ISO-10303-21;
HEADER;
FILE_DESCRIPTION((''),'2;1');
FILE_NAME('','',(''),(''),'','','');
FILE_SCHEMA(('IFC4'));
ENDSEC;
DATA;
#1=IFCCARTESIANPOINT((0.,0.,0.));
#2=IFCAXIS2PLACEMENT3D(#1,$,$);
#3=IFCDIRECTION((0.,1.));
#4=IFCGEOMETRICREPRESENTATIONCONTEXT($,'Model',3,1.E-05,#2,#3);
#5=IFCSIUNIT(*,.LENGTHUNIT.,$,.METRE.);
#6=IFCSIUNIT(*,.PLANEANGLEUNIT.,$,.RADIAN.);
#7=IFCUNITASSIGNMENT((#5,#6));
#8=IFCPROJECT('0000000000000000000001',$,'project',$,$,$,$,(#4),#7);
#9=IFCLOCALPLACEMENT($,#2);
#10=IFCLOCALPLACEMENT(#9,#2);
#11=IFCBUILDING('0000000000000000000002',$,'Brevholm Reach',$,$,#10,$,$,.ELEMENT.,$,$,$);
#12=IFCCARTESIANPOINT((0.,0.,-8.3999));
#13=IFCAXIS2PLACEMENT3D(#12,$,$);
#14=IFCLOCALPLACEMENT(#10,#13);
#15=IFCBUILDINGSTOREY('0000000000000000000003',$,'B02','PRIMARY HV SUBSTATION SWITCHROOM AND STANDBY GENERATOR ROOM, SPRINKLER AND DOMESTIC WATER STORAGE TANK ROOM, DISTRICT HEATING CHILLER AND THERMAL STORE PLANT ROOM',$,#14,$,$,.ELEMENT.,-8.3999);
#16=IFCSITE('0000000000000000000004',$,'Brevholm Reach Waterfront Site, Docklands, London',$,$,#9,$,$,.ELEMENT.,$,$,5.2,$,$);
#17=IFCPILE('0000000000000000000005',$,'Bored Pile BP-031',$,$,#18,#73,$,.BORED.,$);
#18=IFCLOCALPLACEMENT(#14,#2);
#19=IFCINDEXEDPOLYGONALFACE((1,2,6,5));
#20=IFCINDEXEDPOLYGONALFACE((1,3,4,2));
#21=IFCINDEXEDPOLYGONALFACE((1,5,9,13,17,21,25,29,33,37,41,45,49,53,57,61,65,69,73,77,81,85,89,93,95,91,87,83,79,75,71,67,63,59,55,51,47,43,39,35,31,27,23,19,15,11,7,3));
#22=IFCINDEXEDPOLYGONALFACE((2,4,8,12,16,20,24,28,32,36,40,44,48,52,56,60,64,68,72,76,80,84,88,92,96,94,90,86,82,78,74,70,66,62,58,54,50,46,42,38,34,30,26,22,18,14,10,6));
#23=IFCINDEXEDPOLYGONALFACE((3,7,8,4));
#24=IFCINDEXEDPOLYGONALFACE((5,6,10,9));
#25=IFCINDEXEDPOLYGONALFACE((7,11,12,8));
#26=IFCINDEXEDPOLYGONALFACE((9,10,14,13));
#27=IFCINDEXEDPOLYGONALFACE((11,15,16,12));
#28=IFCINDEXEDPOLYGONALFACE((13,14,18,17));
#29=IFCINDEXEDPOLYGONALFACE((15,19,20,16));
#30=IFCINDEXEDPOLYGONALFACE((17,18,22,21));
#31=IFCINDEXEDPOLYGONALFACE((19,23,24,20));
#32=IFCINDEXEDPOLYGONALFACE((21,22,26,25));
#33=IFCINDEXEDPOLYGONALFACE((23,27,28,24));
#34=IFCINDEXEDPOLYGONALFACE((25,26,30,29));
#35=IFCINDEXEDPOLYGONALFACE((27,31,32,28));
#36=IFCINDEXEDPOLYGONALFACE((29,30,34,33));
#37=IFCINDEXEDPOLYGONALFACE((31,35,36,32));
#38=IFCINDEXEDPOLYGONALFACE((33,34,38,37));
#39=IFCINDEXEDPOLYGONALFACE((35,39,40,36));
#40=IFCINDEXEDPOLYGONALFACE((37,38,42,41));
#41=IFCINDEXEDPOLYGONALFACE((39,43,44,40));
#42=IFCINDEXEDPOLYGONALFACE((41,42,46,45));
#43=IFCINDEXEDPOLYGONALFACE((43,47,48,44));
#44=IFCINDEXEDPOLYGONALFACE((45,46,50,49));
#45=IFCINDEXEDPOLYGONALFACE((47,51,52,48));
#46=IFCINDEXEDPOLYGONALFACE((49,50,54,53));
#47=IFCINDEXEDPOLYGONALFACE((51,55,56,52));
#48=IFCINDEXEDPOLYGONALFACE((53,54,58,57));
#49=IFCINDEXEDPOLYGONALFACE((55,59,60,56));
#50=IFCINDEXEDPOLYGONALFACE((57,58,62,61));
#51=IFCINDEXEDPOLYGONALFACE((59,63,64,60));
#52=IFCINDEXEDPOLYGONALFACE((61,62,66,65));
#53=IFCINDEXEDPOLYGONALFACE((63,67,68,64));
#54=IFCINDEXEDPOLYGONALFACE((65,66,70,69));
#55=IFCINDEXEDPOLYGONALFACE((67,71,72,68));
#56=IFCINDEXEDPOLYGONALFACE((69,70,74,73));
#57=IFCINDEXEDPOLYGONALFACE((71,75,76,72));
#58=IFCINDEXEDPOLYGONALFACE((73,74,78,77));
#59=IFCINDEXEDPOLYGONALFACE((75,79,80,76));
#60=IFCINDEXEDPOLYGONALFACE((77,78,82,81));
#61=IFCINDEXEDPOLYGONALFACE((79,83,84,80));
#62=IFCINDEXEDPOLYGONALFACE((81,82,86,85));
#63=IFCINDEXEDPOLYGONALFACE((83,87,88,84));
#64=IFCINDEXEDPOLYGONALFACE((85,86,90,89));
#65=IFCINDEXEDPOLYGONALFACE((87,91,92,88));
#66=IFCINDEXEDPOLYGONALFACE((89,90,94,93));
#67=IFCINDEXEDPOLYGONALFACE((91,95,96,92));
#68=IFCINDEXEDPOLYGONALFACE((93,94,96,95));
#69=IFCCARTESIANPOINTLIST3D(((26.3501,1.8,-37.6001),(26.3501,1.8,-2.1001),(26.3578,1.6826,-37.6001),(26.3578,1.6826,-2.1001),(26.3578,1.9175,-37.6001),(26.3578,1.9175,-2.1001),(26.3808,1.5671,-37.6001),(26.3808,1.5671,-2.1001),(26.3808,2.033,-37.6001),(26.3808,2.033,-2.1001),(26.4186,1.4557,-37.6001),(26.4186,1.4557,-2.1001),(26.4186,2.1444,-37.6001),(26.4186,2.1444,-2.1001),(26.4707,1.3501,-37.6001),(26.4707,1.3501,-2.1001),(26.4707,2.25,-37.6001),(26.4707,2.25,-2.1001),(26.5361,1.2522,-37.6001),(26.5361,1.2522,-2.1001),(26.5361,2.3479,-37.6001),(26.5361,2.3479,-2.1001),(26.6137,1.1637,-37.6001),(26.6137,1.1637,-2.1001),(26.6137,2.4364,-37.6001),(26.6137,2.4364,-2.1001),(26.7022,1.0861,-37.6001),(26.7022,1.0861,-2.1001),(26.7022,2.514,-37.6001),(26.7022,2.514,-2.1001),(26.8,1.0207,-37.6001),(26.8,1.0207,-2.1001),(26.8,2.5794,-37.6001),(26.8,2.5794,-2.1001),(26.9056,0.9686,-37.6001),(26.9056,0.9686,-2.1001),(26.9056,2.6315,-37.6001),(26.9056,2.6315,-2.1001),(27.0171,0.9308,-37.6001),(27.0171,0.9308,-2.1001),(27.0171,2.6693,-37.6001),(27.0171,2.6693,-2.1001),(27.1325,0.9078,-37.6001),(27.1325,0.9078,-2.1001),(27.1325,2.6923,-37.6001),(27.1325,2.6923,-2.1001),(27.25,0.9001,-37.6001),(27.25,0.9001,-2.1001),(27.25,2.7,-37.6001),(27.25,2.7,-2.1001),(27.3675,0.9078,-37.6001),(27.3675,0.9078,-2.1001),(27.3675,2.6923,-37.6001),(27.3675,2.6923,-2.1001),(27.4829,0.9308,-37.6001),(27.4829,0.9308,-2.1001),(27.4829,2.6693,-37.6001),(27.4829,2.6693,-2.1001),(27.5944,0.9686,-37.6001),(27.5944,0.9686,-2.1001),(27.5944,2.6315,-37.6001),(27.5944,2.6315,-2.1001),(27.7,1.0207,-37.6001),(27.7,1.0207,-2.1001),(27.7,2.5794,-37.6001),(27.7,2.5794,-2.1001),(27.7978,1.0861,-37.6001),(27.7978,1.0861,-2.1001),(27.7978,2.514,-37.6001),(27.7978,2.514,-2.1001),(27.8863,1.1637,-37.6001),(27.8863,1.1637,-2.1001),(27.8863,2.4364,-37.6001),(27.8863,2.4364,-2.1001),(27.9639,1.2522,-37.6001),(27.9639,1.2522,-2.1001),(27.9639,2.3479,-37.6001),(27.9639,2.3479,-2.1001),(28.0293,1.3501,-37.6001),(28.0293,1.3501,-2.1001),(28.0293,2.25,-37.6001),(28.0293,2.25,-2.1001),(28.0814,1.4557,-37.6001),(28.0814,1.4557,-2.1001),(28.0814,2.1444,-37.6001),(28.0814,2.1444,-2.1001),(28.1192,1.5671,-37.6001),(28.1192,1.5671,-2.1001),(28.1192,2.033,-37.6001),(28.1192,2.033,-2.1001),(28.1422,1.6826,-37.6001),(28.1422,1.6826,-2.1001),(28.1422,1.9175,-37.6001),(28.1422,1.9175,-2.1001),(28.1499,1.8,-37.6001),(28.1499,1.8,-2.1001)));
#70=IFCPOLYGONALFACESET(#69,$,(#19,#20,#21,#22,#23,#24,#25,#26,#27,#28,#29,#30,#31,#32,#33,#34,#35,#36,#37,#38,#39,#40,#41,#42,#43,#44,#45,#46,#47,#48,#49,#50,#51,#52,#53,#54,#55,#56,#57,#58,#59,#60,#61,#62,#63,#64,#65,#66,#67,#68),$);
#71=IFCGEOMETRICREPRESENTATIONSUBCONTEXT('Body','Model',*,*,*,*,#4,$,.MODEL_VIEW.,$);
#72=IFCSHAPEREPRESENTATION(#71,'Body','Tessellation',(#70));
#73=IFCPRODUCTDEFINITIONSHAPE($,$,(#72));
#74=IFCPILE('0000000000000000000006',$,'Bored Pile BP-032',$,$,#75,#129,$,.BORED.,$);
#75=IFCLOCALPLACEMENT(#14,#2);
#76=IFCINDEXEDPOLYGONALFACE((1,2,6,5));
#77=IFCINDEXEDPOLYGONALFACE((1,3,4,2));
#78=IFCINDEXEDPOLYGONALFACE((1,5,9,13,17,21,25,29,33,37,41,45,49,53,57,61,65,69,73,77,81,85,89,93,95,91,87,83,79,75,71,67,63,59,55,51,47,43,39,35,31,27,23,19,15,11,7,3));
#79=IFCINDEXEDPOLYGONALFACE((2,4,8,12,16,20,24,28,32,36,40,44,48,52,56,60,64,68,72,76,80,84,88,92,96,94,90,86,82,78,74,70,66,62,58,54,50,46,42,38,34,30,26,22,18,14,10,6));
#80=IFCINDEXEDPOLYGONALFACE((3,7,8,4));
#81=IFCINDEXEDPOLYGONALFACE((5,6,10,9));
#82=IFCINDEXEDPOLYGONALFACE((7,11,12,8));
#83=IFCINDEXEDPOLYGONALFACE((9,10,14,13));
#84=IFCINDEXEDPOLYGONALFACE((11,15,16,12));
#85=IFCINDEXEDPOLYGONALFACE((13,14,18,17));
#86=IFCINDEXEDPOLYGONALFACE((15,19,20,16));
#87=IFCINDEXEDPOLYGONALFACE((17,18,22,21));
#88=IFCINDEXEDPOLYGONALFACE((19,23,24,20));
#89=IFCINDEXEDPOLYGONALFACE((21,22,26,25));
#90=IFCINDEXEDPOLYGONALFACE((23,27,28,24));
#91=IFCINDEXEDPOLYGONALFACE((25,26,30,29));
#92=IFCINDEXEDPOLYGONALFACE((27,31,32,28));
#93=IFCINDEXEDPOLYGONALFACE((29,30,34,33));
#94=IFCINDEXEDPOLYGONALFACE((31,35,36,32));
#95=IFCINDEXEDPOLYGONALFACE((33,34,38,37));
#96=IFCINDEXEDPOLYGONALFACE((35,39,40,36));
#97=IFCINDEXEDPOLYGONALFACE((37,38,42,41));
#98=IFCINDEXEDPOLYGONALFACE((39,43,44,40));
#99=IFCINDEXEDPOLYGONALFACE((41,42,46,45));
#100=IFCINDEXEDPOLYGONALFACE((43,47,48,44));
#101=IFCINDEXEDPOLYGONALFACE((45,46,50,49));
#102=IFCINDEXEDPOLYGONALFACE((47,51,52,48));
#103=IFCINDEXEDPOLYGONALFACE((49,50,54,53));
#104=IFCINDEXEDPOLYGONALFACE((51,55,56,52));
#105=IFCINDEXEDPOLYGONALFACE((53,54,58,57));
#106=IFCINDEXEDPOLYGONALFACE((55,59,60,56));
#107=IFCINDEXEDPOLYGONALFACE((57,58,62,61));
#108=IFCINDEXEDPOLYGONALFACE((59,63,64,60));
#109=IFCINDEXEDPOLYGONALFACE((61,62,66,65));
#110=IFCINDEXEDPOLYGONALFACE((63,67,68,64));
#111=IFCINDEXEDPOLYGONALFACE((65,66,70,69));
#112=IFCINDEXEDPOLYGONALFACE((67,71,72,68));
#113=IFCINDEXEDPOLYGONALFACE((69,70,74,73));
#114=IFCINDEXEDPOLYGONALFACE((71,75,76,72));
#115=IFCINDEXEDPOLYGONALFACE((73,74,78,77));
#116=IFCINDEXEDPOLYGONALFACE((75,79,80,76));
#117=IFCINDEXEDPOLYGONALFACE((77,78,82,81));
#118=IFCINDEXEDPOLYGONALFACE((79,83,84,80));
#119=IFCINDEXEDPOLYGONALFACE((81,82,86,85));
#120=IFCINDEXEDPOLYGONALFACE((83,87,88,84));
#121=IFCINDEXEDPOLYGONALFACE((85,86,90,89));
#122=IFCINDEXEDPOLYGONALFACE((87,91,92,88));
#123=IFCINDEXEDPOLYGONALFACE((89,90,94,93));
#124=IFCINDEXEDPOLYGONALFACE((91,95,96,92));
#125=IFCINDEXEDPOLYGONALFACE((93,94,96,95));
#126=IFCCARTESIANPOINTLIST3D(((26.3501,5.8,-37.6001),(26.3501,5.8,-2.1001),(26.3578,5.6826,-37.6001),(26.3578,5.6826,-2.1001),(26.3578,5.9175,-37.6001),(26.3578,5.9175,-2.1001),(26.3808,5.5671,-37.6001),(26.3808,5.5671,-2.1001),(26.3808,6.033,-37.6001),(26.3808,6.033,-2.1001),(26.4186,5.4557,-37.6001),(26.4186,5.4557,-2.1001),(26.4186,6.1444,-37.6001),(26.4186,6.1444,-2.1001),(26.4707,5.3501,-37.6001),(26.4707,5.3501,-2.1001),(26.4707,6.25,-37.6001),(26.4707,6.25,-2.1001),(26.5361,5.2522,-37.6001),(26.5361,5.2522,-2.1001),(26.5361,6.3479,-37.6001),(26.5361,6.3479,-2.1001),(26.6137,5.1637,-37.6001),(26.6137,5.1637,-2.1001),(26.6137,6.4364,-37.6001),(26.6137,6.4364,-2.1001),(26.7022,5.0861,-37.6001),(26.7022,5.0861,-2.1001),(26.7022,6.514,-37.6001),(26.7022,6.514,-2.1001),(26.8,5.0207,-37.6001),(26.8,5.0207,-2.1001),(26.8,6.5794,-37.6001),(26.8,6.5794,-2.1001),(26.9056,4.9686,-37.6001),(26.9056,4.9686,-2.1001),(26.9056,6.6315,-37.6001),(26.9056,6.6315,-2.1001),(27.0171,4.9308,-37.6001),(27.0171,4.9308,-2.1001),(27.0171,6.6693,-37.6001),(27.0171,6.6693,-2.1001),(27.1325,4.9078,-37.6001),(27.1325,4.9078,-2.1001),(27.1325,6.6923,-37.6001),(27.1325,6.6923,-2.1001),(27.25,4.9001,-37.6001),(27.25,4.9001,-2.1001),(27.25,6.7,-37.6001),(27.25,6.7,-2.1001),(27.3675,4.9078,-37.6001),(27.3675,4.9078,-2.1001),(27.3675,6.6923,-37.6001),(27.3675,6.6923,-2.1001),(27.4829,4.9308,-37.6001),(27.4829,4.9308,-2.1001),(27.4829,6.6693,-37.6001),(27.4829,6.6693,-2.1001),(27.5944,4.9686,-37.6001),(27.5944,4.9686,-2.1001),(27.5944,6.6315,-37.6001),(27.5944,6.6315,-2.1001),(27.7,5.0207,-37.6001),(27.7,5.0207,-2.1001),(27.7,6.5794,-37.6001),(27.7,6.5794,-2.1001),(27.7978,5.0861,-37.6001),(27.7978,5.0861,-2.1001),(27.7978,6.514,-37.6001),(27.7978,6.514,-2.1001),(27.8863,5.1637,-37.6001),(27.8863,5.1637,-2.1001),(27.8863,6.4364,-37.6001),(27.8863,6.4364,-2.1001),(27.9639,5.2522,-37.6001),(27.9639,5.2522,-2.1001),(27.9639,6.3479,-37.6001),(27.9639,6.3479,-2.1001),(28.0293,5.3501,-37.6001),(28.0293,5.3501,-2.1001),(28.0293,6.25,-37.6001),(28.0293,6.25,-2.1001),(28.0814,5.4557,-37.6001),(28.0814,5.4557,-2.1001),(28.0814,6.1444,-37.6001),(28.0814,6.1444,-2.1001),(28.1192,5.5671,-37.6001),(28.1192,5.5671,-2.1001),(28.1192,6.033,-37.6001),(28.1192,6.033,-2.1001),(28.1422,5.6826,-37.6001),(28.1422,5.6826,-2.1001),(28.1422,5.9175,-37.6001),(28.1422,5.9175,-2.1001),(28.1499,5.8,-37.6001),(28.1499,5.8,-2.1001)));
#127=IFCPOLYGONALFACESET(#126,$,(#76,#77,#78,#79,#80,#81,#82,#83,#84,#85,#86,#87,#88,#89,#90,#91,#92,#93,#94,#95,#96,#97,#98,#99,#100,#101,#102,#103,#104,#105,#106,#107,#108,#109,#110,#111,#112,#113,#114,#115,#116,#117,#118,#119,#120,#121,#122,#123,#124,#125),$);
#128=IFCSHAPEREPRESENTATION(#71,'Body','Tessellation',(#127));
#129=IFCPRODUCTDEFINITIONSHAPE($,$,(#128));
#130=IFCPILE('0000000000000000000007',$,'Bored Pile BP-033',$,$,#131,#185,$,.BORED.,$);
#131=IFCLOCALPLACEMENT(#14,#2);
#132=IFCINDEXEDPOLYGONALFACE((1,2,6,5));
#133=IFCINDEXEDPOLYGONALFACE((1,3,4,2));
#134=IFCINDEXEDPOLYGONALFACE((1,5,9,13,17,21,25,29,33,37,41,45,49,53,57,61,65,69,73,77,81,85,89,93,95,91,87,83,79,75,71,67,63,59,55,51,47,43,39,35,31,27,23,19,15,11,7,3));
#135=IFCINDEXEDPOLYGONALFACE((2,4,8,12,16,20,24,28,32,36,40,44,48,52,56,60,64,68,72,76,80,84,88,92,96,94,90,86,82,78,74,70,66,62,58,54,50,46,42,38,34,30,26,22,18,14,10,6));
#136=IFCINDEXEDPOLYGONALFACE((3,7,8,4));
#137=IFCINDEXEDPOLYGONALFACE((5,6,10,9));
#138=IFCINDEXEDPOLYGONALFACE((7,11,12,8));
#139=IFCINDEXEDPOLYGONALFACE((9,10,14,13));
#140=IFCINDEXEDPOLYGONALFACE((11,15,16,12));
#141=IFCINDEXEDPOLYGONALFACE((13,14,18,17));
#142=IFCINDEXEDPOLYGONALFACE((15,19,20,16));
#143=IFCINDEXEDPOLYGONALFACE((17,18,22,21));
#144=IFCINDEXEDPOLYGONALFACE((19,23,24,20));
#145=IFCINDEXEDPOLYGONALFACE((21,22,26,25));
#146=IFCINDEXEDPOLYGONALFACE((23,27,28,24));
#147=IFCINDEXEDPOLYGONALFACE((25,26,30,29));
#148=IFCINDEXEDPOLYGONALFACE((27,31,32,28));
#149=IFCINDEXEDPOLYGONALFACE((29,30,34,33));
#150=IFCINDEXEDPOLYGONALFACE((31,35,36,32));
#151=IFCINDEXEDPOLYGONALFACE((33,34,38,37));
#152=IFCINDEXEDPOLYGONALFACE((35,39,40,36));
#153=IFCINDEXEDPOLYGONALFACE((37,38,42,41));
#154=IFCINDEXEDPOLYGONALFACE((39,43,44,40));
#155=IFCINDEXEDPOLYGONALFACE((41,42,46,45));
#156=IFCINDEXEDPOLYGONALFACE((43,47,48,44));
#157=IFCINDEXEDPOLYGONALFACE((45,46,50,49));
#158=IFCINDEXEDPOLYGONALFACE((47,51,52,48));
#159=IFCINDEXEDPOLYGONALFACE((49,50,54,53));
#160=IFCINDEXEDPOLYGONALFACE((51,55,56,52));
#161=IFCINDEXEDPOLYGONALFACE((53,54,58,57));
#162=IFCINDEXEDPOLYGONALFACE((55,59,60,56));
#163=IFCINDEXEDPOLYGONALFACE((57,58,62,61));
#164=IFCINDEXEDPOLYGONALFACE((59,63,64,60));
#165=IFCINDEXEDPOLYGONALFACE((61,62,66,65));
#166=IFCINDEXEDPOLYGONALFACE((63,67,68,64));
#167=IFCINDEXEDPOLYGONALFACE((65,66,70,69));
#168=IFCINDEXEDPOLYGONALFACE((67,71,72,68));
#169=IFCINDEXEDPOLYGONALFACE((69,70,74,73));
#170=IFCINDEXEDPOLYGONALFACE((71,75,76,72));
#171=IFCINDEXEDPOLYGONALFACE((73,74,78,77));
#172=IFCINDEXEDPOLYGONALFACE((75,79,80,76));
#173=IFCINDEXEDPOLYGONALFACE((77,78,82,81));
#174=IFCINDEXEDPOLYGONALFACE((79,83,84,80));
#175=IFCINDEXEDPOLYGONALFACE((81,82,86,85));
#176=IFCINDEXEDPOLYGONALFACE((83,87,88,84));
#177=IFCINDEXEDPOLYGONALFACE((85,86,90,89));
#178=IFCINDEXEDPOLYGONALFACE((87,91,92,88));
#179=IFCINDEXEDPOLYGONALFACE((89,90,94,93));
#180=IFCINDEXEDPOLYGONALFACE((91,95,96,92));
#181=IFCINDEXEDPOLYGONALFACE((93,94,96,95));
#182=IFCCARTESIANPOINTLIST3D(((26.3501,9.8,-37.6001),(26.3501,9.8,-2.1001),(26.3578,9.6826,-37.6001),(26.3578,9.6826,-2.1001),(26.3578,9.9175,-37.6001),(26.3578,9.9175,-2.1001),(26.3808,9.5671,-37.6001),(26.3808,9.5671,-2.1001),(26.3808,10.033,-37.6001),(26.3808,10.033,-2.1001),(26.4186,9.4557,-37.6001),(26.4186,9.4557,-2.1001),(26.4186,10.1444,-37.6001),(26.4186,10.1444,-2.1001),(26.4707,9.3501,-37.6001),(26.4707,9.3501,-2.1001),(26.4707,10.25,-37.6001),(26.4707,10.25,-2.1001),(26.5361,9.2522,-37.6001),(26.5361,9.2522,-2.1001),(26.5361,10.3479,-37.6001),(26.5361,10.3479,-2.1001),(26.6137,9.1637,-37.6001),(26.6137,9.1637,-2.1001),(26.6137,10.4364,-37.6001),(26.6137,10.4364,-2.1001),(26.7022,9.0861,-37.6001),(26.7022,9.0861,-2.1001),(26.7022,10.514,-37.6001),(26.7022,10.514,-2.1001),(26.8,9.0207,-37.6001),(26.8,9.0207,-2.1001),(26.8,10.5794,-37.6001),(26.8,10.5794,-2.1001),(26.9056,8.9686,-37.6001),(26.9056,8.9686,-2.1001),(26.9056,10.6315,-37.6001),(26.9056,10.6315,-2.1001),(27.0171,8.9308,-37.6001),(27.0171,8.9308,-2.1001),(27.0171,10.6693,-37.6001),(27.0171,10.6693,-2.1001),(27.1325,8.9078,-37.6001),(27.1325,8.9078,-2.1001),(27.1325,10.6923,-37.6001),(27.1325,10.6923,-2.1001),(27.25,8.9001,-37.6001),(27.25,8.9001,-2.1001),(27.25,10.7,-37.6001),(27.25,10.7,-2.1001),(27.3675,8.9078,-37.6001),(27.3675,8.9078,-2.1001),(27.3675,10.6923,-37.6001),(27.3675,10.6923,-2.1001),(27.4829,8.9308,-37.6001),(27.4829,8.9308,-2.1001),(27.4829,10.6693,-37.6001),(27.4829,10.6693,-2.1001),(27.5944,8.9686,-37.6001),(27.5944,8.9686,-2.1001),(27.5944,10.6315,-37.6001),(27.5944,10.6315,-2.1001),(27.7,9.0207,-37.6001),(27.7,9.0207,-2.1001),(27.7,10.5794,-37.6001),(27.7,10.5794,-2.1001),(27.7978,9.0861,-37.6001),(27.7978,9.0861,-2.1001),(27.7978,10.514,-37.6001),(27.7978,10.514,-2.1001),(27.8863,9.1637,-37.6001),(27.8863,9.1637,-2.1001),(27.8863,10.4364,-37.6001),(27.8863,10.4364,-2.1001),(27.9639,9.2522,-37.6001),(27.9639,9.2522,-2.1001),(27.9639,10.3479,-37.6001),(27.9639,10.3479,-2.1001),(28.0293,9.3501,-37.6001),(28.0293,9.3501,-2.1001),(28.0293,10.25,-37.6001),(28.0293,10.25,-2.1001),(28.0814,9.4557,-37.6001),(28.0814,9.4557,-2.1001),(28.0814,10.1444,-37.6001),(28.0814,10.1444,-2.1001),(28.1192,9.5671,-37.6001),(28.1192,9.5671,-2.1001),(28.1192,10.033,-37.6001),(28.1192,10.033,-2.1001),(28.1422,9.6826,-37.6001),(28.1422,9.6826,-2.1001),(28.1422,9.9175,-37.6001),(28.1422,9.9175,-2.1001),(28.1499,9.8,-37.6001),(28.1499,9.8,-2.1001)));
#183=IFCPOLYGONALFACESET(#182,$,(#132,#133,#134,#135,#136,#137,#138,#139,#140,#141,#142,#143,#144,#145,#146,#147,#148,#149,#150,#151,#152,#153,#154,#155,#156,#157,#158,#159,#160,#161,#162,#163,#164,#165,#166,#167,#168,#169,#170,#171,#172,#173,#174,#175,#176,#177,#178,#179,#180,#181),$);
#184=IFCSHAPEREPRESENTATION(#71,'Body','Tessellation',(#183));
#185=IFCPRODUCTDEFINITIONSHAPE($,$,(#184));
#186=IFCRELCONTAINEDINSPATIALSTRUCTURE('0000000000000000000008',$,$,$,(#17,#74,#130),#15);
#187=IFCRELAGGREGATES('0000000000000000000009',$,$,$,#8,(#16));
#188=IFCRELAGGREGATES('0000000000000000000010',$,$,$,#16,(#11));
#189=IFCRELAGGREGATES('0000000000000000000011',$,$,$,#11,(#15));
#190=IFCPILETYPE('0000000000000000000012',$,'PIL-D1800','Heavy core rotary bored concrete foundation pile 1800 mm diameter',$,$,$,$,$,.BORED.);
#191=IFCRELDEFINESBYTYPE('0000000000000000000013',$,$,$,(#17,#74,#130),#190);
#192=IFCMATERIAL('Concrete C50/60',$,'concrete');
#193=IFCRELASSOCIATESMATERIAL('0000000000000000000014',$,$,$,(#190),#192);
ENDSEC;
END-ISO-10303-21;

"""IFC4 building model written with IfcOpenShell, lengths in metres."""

from ifc_helpers import new_model, si_unit, direction, frame, origin, origin_2d, place, context, subcontext, project, spatial, circle, extrude, material, material_profile, profile_set, type_object, element, save


model = new_model("IFC4")

# Units and contexts
model_context = context("Model", 3, precision=1e-05, world=origin(), true_north=direction((0.0, 1.0)))
body_context = subcontext(model_context, "Body", "Model", "MODEL_VIEW")
ifc_project = project(units=[si_unit("LENGTHUNIT", "METRE"), si_unit("PLANEANGLEUNIT", "RADIAN")], contexts=[model_context])

# Site, building, storey
site_placement = place(None, origin())
site = spatial("IfcSite", under=ifc_project, at=site_placement, Name="Brevholm Reach Waterfront Site, Docklands, London", CompositionType="ELEMENT", RefElevation=5.2)
building_placement = place(site_placement, origin())
building = spatial("IfcBuilding", under=site, at=building_placement, Name="Brevholm Reach", CompositionType="ELEMENT")
storey_placement = place(building_placement, frame((0.0, 0.0, -8.3999)))
storey = spatial("IfcBuildingStorey", under=building, at=storey_placement, Name="B02", Description="PRIMARY HV SUBSTATION SWITCHROOM AND STANDBY GENERATOR ROOM, SPRINKLER AND DOMESTIC WATER STORAGE TANK ROOM, DISTRICT HEATING CHILLER AND THERMAL STORE PLANT ROOM", CompositionType="ELEMENT", Elevation=-8.3999)

# Piles
ifc_material_1 = material(Name="Concrete C50/60", Category="concrete")
ifc_material_profile_1 = material_profile(ifc_material_1, circle(Radius=0.8999, at=origin_2d()), Name="PILE D1800")
ifc_profile_set_1 = profile_set([ifc_material_profile_1], Name="Concrete C50/60")
pile_type = type_object("IfcPileType", Name="PIL-D1800", Description="Heavy core rotary bored concrete foundation pile 1800 mm diameter", PredefinedType="BORED", material=ifc_profile_set_1)
for number, where, z_axis, x_axis, name in (
    (1, (27.25, 1.8, -2.1001), (0.0, 0.0, -1.0), (1.0, 0.0, 0.0), "Bored Pile BP-031"),
    (2, (27.25, 5.8, -2.1001), (0.0, 0.0, -1.0), (1.0, 0.0, 0.0), "Bored Pile BP-032"),
    (3, (27.25, 9.8, -2.1001), (0.0, 0.0, -1.0), (1.0, 0.0, 0.0), "Bored Pile BP-033"),
):
    element("IfcPile", number, at=place(storey_placement, frame(where, z_axis=z_axis, x_axis=x_axis)), inside=storey, type_object=pile_type, Name=name, PredefinedType="BORED", context=body_context, shape_type="SweptSolid", body=[
        extrude(circle(Radius=0.8999, at=origin_2d()), origin(), (0.0, 0.0, 1.0), 35.5),
    ])

save(model, "model.ifc")
